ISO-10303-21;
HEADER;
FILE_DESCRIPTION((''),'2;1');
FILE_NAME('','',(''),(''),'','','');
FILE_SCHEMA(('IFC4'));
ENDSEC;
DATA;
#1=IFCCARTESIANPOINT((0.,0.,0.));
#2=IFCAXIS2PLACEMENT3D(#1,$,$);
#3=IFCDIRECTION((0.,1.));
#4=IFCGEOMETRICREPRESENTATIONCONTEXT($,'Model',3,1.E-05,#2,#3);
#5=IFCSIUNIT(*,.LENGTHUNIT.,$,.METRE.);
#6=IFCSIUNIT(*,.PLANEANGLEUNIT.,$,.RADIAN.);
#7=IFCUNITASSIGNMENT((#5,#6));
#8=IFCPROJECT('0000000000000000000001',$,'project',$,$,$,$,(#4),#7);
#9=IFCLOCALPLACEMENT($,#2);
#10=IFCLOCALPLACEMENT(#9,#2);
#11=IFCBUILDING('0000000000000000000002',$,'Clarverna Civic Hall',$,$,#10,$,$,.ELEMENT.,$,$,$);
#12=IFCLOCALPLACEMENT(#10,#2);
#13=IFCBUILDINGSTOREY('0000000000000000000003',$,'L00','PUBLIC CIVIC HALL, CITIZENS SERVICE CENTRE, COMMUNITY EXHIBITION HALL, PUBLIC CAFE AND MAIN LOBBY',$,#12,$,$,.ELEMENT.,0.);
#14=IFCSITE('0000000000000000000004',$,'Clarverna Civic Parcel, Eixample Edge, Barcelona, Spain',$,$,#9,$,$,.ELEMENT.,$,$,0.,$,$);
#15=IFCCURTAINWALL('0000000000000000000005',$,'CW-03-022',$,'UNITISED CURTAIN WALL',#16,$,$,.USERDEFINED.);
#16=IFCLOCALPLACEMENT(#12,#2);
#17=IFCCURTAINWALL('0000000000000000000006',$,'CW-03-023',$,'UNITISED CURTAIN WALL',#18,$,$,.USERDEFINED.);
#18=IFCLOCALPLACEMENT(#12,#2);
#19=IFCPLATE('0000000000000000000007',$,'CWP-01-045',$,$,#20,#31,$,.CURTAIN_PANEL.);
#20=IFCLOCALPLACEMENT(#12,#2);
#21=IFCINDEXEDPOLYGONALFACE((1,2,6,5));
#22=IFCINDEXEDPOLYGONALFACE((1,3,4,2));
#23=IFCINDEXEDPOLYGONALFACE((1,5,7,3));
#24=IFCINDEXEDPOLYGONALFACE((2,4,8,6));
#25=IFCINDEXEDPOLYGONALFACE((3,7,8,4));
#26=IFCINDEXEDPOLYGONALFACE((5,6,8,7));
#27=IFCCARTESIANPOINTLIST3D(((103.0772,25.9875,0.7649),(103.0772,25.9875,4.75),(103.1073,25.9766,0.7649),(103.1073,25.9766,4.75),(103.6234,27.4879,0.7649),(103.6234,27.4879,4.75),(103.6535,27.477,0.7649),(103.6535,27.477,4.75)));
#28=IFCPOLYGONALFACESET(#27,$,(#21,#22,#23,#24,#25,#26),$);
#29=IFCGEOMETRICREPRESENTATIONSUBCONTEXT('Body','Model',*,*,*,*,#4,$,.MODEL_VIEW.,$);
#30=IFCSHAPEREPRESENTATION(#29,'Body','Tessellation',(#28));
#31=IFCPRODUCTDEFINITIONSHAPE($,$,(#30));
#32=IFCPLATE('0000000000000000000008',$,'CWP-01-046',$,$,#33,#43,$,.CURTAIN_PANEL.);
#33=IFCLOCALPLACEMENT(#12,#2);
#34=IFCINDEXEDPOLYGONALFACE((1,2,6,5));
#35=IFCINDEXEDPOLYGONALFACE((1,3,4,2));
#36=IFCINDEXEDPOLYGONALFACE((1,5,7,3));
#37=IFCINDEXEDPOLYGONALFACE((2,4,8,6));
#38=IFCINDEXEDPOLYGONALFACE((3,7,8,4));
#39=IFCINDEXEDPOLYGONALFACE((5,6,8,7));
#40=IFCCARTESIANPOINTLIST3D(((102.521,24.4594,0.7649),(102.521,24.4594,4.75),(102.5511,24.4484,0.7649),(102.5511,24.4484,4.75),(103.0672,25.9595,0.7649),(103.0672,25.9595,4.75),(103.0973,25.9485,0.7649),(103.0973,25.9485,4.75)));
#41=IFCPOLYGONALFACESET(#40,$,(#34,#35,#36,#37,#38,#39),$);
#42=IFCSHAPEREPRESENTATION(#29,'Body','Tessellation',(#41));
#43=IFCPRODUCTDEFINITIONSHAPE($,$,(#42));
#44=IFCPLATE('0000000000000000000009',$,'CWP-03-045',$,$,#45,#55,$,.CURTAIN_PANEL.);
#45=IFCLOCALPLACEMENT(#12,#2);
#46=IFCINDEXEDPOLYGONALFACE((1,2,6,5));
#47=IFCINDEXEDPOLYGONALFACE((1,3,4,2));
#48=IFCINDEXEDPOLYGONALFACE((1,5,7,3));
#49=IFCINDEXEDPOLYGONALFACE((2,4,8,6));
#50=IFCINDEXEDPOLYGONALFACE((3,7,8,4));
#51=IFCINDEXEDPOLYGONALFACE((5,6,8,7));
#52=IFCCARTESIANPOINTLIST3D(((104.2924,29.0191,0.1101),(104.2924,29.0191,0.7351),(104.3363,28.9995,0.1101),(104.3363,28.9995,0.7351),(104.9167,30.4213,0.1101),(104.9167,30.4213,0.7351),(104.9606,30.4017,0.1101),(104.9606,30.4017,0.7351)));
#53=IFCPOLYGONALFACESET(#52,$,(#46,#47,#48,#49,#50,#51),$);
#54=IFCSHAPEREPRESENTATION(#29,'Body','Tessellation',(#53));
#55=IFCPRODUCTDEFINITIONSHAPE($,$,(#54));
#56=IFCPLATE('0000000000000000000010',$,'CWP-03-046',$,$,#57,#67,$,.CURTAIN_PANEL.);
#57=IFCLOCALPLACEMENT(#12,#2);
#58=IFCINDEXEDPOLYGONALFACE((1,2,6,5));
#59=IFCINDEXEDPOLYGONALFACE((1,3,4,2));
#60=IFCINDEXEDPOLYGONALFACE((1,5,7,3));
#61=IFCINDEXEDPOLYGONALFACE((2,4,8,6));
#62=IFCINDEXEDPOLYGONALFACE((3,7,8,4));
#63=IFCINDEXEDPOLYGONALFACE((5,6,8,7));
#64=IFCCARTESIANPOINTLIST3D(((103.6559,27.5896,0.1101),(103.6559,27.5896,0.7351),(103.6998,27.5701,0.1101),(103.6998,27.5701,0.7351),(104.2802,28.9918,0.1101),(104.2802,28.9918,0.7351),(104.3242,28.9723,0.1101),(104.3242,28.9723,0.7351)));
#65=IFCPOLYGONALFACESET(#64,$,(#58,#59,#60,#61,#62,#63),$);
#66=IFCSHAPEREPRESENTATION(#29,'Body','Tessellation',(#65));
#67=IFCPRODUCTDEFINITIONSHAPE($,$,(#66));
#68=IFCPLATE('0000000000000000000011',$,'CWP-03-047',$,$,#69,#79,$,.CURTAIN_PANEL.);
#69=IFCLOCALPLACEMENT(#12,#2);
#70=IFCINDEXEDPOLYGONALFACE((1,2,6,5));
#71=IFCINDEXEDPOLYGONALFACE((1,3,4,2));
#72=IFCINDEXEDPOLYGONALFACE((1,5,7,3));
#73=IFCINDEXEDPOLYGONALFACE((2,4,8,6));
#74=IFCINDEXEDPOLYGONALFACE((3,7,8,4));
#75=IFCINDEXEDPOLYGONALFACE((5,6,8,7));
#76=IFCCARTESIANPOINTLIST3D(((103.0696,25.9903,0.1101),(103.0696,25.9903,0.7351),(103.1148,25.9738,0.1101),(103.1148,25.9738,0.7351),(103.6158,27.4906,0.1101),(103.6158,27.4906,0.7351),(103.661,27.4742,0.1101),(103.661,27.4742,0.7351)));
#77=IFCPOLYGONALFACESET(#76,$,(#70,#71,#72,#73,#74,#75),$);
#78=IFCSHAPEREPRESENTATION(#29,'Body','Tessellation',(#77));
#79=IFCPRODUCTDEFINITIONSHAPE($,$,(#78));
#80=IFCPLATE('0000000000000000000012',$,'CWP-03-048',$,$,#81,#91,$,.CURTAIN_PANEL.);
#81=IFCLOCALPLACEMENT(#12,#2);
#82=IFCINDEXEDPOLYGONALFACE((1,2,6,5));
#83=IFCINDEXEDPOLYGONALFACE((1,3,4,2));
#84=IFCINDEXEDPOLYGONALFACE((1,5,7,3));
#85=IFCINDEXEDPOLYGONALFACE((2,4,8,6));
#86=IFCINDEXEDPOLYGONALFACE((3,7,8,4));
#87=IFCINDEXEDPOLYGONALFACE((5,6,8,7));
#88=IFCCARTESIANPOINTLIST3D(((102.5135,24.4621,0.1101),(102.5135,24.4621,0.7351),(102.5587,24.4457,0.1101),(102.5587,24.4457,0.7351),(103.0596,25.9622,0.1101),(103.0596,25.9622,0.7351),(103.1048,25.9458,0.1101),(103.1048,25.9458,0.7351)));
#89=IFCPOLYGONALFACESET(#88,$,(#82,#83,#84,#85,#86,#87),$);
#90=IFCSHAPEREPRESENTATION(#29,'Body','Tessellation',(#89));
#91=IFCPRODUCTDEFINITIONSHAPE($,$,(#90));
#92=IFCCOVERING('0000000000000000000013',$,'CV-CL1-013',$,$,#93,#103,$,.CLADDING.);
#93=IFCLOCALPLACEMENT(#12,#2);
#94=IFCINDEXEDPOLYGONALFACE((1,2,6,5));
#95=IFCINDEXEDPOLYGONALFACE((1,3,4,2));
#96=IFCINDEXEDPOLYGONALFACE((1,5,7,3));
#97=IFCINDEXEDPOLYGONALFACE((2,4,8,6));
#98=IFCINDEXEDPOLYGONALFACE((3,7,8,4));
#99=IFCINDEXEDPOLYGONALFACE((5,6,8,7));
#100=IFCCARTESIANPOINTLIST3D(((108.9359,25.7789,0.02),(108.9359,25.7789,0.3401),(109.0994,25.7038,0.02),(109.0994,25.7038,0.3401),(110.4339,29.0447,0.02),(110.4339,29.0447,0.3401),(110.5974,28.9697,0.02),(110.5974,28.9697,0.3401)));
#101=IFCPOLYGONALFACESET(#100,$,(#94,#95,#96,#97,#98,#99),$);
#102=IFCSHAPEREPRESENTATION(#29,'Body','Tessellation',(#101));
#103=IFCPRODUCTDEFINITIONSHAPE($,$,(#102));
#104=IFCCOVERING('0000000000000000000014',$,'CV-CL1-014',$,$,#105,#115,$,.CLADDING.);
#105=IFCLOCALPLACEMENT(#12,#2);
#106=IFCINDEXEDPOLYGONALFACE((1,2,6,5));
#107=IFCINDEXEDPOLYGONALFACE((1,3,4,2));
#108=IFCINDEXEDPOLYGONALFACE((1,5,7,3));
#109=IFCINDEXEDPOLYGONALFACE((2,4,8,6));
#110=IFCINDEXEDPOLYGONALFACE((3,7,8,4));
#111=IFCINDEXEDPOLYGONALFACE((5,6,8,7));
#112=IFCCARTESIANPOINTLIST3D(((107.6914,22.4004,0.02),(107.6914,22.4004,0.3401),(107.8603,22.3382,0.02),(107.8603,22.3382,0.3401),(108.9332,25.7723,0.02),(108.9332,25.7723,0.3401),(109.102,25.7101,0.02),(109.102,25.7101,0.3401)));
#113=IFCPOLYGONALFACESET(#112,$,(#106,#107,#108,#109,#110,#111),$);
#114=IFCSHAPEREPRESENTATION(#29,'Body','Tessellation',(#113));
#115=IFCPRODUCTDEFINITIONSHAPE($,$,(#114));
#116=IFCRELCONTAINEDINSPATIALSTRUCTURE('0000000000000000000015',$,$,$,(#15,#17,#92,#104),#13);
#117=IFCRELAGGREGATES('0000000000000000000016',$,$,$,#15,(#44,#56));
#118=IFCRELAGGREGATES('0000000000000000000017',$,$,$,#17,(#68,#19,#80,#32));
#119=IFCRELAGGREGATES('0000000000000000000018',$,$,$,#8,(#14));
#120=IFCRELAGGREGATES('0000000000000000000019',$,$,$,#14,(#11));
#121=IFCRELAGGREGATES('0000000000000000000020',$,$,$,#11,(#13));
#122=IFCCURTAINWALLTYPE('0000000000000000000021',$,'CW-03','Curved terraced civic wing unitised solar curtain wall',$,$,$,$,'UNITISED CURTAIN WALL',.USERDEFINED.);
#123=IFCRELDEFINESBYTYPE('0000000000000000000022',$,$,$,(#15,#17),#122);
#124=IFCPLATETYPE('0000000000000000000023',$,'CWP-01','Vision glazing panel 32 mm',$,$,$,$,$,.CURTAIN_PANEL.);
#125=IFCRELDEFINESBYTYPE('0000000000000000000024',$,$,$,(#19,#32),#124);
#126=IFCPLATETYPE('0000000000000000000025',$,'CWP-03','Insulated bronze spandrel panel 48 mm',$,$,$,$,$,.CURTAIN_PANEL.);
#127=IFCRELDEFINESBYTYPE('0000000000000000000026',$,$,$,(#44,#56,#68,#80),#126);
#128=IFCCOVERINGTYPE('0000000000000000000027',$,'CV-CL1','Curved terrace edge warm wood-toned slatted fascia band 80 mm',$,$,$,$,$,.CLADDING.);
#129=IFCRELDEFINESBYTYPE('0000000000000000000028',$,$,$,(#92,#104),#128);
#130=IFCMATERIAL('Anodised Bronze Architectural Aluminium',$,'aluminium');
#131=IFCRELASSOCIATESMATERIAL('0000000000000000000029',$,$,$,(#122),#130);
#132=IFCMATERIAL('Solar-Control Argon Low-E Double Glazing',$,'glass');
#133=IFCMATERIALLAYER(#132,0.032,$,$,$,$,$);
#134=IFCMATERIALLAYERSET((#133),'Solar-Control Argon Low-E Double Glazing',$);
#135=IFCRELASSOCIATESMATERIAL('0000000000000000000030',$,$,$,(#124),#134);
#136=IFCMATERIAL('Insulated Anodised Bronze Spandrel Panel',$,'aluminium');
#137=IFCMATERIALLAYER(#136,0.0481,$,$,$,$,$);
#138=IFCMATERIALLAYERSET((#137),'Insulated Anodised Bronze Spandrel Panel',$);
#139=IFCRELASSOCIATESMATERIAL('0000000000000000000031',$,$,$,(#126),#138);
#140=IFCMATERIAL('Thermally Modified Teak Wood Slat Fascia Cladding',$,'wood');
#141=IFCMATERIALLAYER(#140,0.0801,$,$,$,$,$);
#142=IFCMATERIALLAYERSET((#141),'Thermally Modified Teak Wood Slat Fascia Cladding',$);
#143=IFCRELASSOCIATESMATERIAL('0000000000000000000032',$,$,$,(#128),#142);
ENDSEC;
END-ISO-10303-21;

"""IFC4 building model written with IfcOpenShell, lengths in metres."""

from ifc_helpers import new_model, si_unit, direction, frame, frame_2d, origin, place, context, subcontext, project, spatial, rectangle, extrude, material, layer, layer_set, type_object, element, aggregate, save


model = new_model("IFC4")

# Units and contexts
model_context = context("Model", 3, precision=1e-05, world=origin(), true_north=direction((0.0, 1.0)))
body_context = subcontext(model_context, "Body", "Model", "MODEL_VIEW")
ifc_project = project(units=[si_unit("LENGTHUNIT", "METRE"), si_unit("PLANEANGLEUNIT", "RADIAN")], contexts=[model_context])

# Site, building, storey
site_placement = place(None, origin())
site = spatial("IfcSite", under=ifc_project, at=site_placement, Name="Clarverna Civic Parcel, Eixample Edge, Barcelona, Spain", CompositionType="ELEMENT", RefElevation=0.0)
building_placement = place(site_placement, origin())
building = spatial("IfcBuilding", under=site, at=building_placement, Name="Clarverna Civic Hall", CompositionType="ELEMENT")
storey_placement = place(building_placement, origin())
storey = spatial("IfcBuildingStorey", under=building, at=storey_placement, Name="L00", Description="PUBLIC CIVIC HALL, CITIZENS SERVICE CENTRE, COMMUNITY EXHIBITION HALL, PUBLIC CAFE AND MAIN LOBBY", CompositionType="ELEMENT", Elevation=0.0)

# Shared definitions
ifc_material_1 = material(Name="Anodised Bronze Architectural Aluminium", Category="aluminium")
curtain_wall_type = type_object("IfcCurtainWallType", Name="CW-03", Description="Curved terraced civic wing unitised solar curtain wall", ElementType="UNITISED CURTAIN WALL", PredefinedType="USERDEFINED", material=ifc_material_1)

# Curtain walls
curtain_wall_1_placement = place(storey_placement, origin())
curtain_wall_1 = element("IfcCurtainWall", 1, at=curtain_wall_1_placement, inside=storey, type_object=curtain_wall_type, Name="CW-03-022", ObjectType="UNITISED CURTAIN WALL", PredefinedType="USERDEFINED")
curtain_wall_2_placement = place(storey_placement, origin())
curtain_wall_2 = element("IfcCurtainWall", 2, at=curtain_wall_2_placement, inside=storey, type_object=curtain_wall_type, Name="CW-03-023", ObjectType="UNITISED CURTAIN WALL", PredefinedType="USERDEFINED")

# Plates
ifc_material_2 = material(Name="Solar-Control Argon Low-E Double Glazing", Category="glass")
ifc_layer_1 = layer(ifc_material_2, 0.032)
ifc_layer_set_1 = layer_set([ifc_layer_1], Name="Solar-Control Argon Low-E Double Glazing")
plate_type_1 = type_object("IfcPlateType", Name="CWP-01", Description="Vision glazing panel 32 mm", PredefinedType="CURTAIN_PANEL", material=ifc_layer_set_1)
plate_1_placement = place(storey_placement, frame((103.6384, 27.4824, 0.7649), z_axis=(0.0, 0.0, 1.0), x_axis=(-0.342075, -0.939673, 0.0)))
plate_1 = element("IfcPlate", 3, at=plate_1_placement, type_object=plate_type_1, Name="CWP-01-045", PredefinedType="CURTAIN_PANEL", context=body_context, shape_type="SweptSolid", body=[
    extrude(rectangle(XDim=1.5967, YDim=0.032, at=frame_2d((0.7983, 0.0))), origin(), (0.0, 0.0, 1.0), 3.9851),
])
plate_2_placement = place(storey_placement, frame((103.0823, 25.9541, 0.7649), z_axis=(0.0, 0.0, 1.0), x_axis=(-0.342124, -0.939655, 0.0)))
plate_2 = element("IfcPlate", 4, at=plate_2_placement, type_object=plate_type_1, Name="CWP-01-046", PredefinedType="CURTAIN_PANEL", context=body_context, shape_type="SweptSolid", body=[
    extrude(rectangle(XDim=1.5964, YDim=0.032, at=frame_2d((0.7983, 0.0))), origin(), (0.0, 0.0, 1.0), 3.9851),
])
ifc_material_3 = material(Name="Insulated Anodised Bronze Spandrel Panel", Category="aluminium")
ifc_layer_2 = layer(ifc_material_3, 0.0481)
ifc_layer_set_2 = layer_set([ifc_layer_2], Name="Insulated Anodised Bronze Spandrel Panel")
plate_type_2 = type_object("IfcPlateType", Name="CWP-03", Description="Insulated bronze spandrel panel 48 mm", PredefinedType="CURTAIN_PANEL", material=ifc_layer_set_2)
plate_3_placement = place(storey_placement, frame((104.9387, 30.4116, 0.1101), z_axis=(0.0, 0.0, 1.0), x_axis=(-0.406744, -0.913542, 0.0)))
plate_3 = element("IfcPlate", 5, at=plate_3_placement, type_object=plate_type_2, Name="CWP-03-045", PredefinedType="CURTAIN_PANEL", context=body_context, shape_type="SweptSolid", body=[
    extrude(rectangle(XDim=1.5349, YDim=0.0481, at=frame_2d((0.7676, 0.0))), origin(), (0.0, 0.0, 1.0), 0.625),
])
plate_4_placement = place(storey_placement, frame((104.3022, 28.9822, 0.1101), z_axis=(0.0, 0.0, 1.0), x_axis=(-0.406744, -0.913542, 0.0)))
plate_4 = element("IfcPlate", 6, at=plate_4_placement, type_object=plate_type_2, Name="CWP-03-046", PredefinedType="CURTAIN_PANEL", context=body_context, shape_type="SweptSolid", body=[
    extrude(rectangle(XDim=1.5349, YDim=0.0481, at=frame_2d((0.7676, 0.0))), origin(), (0.0, 0.0, 1.0), 0.625),
])
aggregate(curtain_wall_1, [plate_3, plate_4])
plate_5_placement = place(storey_placement, frame((103.6384, 27.4824, 0.1101), z_axis=(0.0, 0.0, 1.0), x_axis=(-0.342075, -0.939673, 0.0)))
plate_5 = element("IfcPlate", 7, at=plate_5_placement, type_object=plate_type_2, Name="CWP-03-047", PredefinedType="CURTAIN_PANEL", context=body_context, shape_type="SweptSolid", body=[
    extrude(rectangle(XDim=1.5967, YDim=0.0481, at=frame_2d((0.7983, 0.0))), origin(), (0.0, 0.0, 1.0), 0.625),
])
plate_6_placement = place(storey_placement, frame((103.0823, 25.9541, 0.1101), z_axis=(0.0, 0.0, 1.0), x_axis=(-0.342124, -0.939655, 0.0)))
plate_6 = element("IfcPlate", 8, at=plate_6_placement, type_object=plate_type_2, Name="CWP-03-048", PredefinedType="CURTAIN_PANEL", context=body_context, shape_type="SweptSolid", body=[
    extrude(rectangle(XDim=1.5964, YDim=0.0481, at=frame_2d((0.7983, 0.0))), origin(), (0.0, 0.0, 1.0), 0.625),
])
aggregate(curtain_wall_2, [plate_5, plate_1, plate_6, plate_2])

# Coverings
ifc_material_4 = material(Name="Thermally Modified Teak Wood Slat Fascia Cladding", Category="wood")
ifc_layer_3 = layer(ifc_material_4, 0.0801)
ifc_layer_set_3 = layer_set([ifc_layer_3], Name="Thermally Modified Teak Wood Slat Fascia Cladding")
covering_type = type_object("IfcCoveringType", Name="CV-CL1", Description="Curved terrace edge warm wood-toned slatted fascia band 80 mm", PredefinedType="CLADDING", material=ifc_layer_set_3)
covering_1_placement = place(storey_placement, frame((110.5156, 29.0071, 0.02), z_axis=(0.0, 0.0, 1.0), x_axis=(-0.416928, -0.908939, 0.0)))
element("IfcCovering", 9, at=covering_1_placement, inside=storey, type_object=covering_type, Name="CV-CL1-013", PredefinedType="CLADDING", context=body_context, shape_type="SweptSolid", body=[
    extrude(rectangle(XDim=3.593, YDim=0.1799, at=frame_2d((1.7964, 0.0))), origin(), (0.0, 0.0, 1.0), 0.3201),
])
covering_2_placement = place(storey_placement, frame((109.0176, 25.7412, 0.02), z_axis=(0.0, 0.0, 1.0), x_axis=(-0.34557, -0.938393, 0.0)))
element("IfcCovering", 10, at=covering_2_placement, inside=storey, type_object=covering_type, Name="CV-CL1-014", PredefinedType="CLADDING", context=body_context, shape_type="SweptSolid", body=[
    extrude(rectangle(XDim=3.5933, YDim=0.1799, at=frame_2d((1.7966, 0.0))), origin(), (0.0, 0.0, 1.0), 0.3201),
])

save(model, "model.ifc")
